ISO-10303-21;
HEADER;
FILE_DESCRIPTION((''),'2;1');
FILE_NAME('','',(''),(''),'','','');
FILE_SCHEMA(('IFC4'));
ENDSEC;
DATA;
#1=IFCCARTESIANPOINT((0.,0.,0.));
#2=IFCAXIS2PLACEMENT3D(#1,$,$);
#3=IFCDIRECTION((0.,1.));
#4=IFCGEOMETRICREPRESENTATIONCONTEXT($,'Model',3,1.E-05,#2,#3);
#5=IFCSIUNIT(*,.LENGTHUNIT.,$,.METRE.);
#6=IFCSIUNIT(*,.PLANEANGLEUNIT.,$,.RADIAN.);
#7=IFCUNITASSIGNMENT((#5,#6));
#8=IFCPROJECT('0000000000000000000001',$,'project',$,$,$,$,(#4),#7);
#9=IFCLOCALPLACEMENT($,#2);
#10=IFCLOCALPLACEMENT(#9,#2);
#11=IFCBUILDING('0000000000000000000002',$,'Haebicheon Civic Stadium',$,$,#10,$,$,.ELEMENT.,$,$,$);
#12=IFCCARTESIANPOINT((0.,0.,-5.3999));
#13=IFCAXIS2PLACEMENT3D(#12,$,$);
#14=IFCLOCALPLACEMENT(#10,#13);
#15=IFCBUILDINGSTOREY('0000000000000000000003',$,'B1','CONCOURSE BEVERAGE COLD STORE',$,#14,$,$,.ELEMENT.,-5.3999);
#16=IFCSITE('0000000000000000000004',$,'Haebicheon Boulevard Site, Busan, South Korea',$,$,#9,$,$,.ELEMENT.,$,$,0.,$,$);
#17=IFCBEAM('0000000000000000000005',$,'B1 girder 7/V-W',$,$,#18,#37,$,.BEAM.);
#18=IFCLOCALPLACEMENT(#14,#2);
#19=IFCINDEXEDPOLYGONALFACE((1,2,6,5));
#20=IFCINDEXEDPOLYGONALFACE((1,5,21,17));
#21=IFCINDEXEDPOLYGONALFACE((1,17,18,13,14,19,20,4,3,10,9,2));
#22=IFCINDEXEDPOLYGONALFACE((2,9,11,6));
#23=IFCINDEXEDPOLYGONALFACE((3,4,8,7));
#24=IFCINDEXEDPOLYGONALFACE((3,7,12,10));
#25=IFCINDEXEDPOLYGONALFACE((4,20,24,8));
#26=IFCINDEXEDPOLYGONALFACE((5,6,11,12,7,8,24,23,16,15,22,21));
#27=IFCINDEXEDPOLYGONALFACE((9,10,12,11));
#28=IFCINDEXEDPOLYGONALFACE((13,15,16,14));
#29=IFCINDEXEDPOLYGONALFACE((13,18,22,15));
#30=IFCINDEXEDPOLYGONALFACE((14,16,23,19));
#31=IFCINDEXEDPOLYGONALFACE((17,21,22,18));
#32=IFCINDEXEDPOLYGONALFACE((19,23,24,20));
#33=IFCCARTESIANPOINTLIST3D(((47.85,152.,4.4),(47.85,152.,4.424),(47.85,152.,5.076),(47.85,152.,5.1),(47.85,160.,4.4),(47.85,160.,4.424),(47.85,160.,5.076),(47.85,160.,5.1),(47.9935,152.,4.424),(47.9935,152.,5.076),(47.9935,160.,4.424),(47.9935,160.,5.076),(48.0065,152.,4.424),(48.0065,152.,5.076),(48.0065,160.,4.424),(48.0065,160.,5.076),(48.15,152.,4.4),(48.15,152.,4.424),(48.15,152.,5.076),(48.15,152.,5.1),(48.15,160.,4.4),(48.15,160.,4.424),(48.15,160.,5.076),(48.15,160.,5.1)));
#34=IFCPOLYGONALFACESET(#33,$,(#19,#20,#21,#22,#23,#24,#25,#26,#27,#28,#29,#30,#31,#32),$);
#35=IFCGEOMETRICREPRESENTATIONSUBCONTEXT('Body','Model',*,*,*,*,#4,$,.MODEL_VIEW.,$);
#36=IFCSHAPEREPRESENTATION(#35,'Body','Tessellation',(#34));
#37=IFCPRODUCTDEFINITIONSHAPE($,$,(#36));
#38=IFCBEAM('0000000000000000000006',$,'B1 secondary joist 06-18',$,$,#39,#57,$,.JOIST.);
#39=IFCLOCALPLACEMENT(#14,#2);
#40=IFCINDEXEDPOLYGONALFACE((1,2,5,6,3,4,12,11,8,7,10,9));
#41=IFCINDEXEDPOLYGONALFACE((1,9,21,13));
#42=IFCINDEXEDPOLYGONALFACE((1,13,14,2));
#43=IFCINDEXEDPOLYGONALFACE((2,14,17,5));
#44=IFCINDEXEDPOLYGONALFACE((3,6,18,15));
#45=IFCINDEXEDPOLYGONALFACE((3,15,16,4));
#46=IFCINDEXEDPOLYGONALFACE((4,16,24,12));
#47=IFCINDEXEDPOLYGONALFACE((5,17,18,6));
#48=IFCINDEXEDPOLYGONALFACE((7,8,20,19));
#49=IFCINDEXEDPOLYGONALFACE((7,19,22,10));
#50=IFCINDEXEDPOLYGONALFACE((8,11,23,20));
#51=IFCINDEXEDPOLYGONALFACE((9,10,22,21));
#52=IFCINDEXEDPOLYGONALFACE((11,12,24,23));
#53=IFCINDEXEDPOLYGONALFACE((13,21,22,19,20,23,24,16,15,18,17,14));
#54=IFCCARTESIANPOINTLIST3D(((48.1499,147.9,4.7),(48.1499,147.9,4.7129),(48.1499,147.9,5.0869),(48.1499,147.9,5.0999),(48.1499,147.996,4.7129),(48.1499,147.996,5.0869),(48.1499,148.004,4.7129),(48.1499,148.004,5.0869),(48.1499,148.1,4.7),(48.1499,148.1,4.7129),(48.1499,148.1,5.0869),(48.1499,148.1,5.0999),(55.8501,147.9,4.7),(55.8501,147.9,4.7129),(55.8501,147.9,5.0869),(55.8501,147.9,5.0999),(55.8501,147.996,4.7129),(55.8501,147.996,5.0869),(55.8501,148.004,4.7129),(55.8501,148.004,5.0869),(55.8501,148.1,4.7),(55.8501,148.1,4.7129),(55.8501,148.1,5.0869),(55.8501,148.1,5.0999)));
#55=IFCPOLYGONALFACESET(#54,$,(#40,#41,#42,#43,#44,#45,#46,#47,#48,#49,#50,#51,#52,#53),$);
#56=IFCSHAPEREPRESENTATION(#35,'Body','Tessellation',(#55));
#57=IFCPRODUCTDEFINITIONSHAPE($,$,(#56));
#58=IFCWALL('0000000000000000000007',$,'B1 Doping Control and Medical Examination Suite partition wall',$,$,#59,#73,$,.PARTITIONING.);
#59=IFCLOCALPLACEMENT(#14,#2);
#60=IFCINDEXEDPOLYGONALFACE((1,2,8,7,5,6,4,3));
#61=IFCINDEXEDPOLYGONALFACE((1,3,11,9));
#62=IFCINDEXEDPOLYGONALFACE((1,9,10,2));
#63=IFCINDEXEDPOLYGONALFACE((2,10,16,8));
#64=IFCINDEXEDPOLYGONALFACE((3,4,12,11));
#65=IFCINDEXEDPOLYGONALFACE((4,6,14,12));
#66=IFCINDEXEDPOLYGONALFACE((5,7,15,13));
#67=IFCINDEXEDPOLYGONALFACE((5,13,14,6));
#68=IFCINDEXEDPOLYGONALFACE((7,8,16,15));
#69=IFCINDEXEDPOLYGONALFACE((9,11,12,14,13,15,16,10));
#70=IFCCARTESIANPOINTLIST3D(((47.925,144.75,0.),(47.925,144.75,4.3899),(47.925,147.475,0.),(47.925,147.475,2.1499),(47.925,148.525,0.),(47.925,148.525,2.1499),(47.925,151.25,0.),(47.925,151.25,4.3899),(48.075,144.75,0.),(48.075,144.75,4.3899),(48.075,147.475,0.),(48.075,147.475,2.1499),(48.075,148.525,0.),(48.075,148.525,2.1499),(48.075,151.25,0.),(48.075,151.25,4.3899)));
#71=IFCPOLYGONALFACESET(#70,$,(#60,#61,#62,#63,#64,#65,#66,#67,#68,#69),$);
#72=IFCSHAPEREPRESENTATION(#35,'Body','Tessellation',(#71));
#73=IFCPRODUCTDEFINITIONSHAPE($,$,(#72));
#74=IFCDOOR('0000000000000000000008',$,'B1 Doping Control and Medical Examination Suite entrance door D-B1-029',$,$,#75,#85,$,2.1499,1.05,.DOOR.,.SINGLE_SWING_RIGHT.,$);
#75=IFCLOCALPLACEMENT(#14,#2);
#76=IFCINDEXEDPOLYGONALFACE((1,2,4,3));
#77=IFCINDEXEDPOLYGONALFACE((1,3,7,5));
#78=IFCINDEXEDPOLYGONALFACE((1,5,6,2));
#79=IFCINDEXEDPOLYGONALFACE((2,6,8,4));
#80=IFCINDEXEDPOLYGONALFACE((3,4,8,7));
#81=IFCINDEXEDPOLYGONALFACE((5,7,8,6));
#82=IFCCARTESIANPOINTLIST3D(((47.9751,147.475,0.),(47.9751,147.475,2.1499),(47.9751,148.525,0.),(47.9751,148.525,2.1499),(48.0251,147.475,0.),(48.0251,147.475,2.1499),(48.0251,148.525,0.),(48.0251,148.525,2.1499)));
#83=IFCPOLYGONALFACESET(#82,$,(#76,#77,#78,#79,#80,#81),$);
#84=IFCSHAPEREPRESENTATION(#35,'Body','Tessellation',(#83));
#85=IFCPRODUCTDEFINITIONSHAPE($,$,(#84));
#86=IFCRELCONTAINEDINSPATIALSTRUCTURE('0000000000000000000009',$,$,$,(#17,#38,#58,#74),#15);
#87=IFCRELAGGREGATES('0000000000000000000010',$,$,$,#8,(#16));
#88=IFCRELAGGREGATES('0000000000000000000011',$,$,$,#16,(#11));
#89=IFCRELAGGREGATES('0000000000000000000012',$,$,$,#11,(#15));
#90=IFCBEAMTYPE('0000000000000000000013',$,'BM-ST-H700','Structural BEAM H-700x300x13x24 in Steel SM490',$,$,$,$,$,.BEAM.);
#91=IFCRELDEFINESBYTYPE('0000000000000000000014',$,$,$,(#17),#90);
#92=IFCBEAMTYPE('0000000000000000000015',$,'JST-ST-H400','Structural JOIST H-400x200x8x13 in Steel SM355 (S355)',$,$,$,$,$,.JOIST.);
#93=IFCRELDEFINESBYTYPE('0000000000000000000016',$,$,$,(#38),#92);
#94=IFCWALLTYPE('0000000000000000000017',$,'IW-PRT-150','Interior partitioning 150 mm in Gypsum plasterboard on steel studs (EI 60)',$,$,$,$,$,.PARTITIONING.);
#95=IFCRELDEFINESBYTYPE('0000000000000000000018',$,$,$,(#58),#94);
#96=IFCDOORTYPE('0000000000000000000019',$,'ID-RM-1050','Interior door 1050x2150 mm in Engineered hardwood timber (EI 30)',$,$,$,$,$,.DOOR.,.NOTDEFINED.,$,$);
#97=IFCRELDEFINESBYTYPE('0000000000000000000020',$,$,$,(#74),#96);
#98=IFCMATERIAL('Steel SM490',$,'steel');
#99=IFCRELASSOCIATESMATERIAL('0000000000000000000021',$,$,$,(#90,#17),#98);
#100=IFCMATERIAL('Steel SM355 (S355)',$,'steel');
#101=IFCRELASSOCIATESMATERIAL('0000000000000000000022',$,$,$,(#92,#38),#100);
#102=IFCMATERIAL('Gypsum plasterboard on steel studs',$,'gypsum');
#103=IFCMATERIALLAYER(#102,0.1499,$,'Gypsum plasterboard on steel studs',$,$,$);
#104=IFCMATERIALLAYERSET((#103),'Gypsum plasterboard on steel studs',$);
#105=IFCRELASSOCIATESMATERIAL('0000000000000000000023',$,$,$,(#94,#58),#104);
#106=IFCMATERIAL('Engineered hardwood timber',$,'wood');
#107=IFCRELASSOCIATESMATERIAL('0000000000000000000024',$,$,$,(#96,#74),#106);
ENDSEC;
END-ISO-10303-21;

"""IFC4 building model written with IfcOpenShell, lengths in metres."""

from ifc_helpers import new_model, si_unit, direction, frame, frame_2d, origin, origin_2d, place, context, subcontext, project, spatial, rectangle, i_section, extrude, material, layer, layer_set, material_profile, profile_set, type_object, element, fill, save


model = new_model("IFC4")

# Units and contexts
model_context = context("Model", 3, precision=1e-05, world=origin(), true_north=direction((0.0, 1.0)))
body_context = subcontext(model_context, "Body", "Model", "MODEL_VIEW")
ifc_project = project(units=[si_unit("LENGTHUNIT", "METRE"), si_unit("PLANEANGLEUNIT", "RADIAN")], contexts=[model_context])

# Site, building, storey
site_placement = place(None, origin())
site = spatial("IfcSite", under=ifc_project, at=site_placement, Name="Haebicheon Boulevard Site, Busan, South Korea", CompositionType="ELEMENT", RefElevation=0.0)
building_placement = place(site_placement, origin())
building = spatial("IfcBuilding", under=site, at=building_placement, Name="Haebicheon Civic Stadium", CompositionType="ELEMENT")
storey_placement = place(building_placement, frame((0.0, 0.0, -5.3999)))
storey = spatial("IfcBuildingStorey", under=building, at=storey_placement, Name="B1", Description="CONCOURSE BEVERAGE COLD STORE", CompositionType="ELEMENT", Elevation=-5.3999)

# Beams
ifc_material_1 = material(Name="Steel SM490", Category="steel")
ifc_material_profile_1 = material_profile(ifc_material_1, i_section(OverallWidth=0.3, OverallDepth=0.7, WebThickness=0.0129, FlangeThickness=0.0239, at=origin_2d()), Name="H-700x300x13x24")
ifc_profile_set_1 = profile_set([ifc_material_profile_1], Name="Steel SM490")
beam_type_1 = type_object("IfcBeamType", Name="BM-ST-H700", Description="Structural BEAM H-700x300x13x24 in Steel SM490", PredefinedType="BEAM", material=ifc_profile_set_1)
for number, where, z_axis, x_axis, name in (
    (1, (48.0, 152.0, 4.75), (0.0, 1.0, 0.0), (-1.0, 0.0, 0.0), "B1 girder 7/V-W"),
):
    element("IfcBeam", number, at=place(storey_placement, frame(where, z_axis=z_axis, x_axis=x_axis)), inside=storey, type_object=beam_type_1, material=ifc_profile_set_1, Name=name, PredefinedType="BEAM", context=body_context, shape_type="SweptSolid", body=[
        extrude(i_section(OverallWidth=0.3, OverallDepth=0.7, WebThickness=0.0129, FlangeThickness=0.0239, at=origin_2d()), origin(), (0.0, 0.0, 1.0), 8.0),
    ])
ifc_material_2 = material(Name="Steel SM355 (S355)", Category="steel")
ifc_material_profile_2 = material_profile(ifc_material_2, i_section(OverallWidth=0.2, OverallDepth=0.3999, WebThickness=0.0081, FlangeThickness=0.0129, at=origin_2d()), Name="H-400x200x8x13")
ifc_profile_set_2 = profile_set([ifc_material_profile_2], Name="Steel SM355 (S355)")
beam_type_2 = type_object("IfcBeamType", Name="JST-ST-H400", Description="Structural JOIST H-400x200x8x13 in Steel SM355 (S355)", PredefinedType="JOIST", material=ifc_profile_set_2)
beam_placement = place(storey_placement, frame((48.1499, 148.0, 4.8999), z_axis=(1.0, 0.0, 0.0), x_axis=(0.0, 1.0, 0.0)))
element("IfcBeam", 2, at=beam_placement, inside=storey, type_object=beam_type_2, material=ifc_profile_set_2, Name="B1 secondary joist 06-18", PredefinedType="JOIST", context=body_context, shape_type="SweptSolid", body=[
    extrude(i_section(OverallWidth=0.2, OverallDepth=0.3999, WebThickness=0.0081, FlangeThickness=0.0129, at=origin_2d()), origin(), (0.0, 0.0, 1.0), 7.7002),
])

# Wall, opening, door
ifc_material_3 = material(Name="Gypsum plasterboard on steel studs", Category="gypsum")
ifc_layer_1 = layer(ifc_material_3, 0.1499, Name="Gypsum plasterboard on steel studs")
ifc_layer_set_1 = layer_set([ifc_layer_1], Name="Gypsum plasterboard on steel studs")
wall_type = type_object("IfcWallType", Name="IW-PRT-150", Description="Interior partitioning 150 mm in Gypsum plasterboard on steel studs (EI 60)", PredefinedType="PARTITIONING", material=ifc_layer_set_1)
wall_placement = place(storey_placement, frame((48.0, 144.75, 0.0), z_axis=(0.0, 0.0, 1.0), x_axis=(0.0, 1.0, 0.0)))
wall = element("IfcWall", 3, at=wall_placement, inside=storey, type_object=wall_type, material=ifc_layer_set_1, Name="B1 Doping Control and Medical Examination Suite partition wall", PredefinedType="PARTITIONING", context=body_context, shape_type="SweptSolid", body=[
    extrude(rectangle(XDim=6.5, YDim=0.1499, at=frame_2d((3.25, 0.0))), origin(), (0.0, 0.0, 1.0), 4.3899),
])
opening_placement = place(wall_placement, frame((2.7251, 0.0, 0.0)))
opening = element("IfcOpeningElement", 4, at=opening_placement, cuts=wall, PredefinedType="OPENING", context=body_context, shape_type="SweptSolid", body=[
    extrude(rectangle(XDim=1.05, YDim=2.1499, at=frame_2d((0.5249, 1.075))), frame((0.0, 0.085, 0.0), z_axis=(0.0, -1.0, 0.0), x_axis=(1.0, 0.0, 0.0)), (0.0, 0.0, 1.0), 0.1699),
])
ifc_material_4 = material(Name="Engineered hardwood timber", Category="wood")
door_type = type_object("IfcDoorType", Name="ID-RM-1050", Description="Interior door 1050x2150 mm in Engineered hardwood timber (EI 30)", OperationType="NOTDEFINED", PredefinedType="DOOR", material=ifc_material_4)
door_placement = place(opening_placement, origin())
door = element("IfcDoor", 5, at=door_placement, inside=storey, type_object=door_type, material=ifc_material_4, Name="B1 Doping Control and Medical Examination Suite entrance door D-B1-029", OperationType="SINGLE_SWING_RIGHT", OverallHeight=2.1499, OverallWidth=1.05, PredefinedType="DOOR", context=body_context, shape_type="SweptSolid", body=[
    extrude(rectangle(XDim=1.05, YDim=2.1499, at=frame_2d((0.5249, 1.075))), frame((0.0, 0.0249, 0.0), z_axis=(0.0, -1.0, 0.0), x_axis=(1.0, 0.0, 0.0)), (0.0, 0.0, 1.0), 0.05),
])
fill(opening, door)

save(model, "model.ifc")
